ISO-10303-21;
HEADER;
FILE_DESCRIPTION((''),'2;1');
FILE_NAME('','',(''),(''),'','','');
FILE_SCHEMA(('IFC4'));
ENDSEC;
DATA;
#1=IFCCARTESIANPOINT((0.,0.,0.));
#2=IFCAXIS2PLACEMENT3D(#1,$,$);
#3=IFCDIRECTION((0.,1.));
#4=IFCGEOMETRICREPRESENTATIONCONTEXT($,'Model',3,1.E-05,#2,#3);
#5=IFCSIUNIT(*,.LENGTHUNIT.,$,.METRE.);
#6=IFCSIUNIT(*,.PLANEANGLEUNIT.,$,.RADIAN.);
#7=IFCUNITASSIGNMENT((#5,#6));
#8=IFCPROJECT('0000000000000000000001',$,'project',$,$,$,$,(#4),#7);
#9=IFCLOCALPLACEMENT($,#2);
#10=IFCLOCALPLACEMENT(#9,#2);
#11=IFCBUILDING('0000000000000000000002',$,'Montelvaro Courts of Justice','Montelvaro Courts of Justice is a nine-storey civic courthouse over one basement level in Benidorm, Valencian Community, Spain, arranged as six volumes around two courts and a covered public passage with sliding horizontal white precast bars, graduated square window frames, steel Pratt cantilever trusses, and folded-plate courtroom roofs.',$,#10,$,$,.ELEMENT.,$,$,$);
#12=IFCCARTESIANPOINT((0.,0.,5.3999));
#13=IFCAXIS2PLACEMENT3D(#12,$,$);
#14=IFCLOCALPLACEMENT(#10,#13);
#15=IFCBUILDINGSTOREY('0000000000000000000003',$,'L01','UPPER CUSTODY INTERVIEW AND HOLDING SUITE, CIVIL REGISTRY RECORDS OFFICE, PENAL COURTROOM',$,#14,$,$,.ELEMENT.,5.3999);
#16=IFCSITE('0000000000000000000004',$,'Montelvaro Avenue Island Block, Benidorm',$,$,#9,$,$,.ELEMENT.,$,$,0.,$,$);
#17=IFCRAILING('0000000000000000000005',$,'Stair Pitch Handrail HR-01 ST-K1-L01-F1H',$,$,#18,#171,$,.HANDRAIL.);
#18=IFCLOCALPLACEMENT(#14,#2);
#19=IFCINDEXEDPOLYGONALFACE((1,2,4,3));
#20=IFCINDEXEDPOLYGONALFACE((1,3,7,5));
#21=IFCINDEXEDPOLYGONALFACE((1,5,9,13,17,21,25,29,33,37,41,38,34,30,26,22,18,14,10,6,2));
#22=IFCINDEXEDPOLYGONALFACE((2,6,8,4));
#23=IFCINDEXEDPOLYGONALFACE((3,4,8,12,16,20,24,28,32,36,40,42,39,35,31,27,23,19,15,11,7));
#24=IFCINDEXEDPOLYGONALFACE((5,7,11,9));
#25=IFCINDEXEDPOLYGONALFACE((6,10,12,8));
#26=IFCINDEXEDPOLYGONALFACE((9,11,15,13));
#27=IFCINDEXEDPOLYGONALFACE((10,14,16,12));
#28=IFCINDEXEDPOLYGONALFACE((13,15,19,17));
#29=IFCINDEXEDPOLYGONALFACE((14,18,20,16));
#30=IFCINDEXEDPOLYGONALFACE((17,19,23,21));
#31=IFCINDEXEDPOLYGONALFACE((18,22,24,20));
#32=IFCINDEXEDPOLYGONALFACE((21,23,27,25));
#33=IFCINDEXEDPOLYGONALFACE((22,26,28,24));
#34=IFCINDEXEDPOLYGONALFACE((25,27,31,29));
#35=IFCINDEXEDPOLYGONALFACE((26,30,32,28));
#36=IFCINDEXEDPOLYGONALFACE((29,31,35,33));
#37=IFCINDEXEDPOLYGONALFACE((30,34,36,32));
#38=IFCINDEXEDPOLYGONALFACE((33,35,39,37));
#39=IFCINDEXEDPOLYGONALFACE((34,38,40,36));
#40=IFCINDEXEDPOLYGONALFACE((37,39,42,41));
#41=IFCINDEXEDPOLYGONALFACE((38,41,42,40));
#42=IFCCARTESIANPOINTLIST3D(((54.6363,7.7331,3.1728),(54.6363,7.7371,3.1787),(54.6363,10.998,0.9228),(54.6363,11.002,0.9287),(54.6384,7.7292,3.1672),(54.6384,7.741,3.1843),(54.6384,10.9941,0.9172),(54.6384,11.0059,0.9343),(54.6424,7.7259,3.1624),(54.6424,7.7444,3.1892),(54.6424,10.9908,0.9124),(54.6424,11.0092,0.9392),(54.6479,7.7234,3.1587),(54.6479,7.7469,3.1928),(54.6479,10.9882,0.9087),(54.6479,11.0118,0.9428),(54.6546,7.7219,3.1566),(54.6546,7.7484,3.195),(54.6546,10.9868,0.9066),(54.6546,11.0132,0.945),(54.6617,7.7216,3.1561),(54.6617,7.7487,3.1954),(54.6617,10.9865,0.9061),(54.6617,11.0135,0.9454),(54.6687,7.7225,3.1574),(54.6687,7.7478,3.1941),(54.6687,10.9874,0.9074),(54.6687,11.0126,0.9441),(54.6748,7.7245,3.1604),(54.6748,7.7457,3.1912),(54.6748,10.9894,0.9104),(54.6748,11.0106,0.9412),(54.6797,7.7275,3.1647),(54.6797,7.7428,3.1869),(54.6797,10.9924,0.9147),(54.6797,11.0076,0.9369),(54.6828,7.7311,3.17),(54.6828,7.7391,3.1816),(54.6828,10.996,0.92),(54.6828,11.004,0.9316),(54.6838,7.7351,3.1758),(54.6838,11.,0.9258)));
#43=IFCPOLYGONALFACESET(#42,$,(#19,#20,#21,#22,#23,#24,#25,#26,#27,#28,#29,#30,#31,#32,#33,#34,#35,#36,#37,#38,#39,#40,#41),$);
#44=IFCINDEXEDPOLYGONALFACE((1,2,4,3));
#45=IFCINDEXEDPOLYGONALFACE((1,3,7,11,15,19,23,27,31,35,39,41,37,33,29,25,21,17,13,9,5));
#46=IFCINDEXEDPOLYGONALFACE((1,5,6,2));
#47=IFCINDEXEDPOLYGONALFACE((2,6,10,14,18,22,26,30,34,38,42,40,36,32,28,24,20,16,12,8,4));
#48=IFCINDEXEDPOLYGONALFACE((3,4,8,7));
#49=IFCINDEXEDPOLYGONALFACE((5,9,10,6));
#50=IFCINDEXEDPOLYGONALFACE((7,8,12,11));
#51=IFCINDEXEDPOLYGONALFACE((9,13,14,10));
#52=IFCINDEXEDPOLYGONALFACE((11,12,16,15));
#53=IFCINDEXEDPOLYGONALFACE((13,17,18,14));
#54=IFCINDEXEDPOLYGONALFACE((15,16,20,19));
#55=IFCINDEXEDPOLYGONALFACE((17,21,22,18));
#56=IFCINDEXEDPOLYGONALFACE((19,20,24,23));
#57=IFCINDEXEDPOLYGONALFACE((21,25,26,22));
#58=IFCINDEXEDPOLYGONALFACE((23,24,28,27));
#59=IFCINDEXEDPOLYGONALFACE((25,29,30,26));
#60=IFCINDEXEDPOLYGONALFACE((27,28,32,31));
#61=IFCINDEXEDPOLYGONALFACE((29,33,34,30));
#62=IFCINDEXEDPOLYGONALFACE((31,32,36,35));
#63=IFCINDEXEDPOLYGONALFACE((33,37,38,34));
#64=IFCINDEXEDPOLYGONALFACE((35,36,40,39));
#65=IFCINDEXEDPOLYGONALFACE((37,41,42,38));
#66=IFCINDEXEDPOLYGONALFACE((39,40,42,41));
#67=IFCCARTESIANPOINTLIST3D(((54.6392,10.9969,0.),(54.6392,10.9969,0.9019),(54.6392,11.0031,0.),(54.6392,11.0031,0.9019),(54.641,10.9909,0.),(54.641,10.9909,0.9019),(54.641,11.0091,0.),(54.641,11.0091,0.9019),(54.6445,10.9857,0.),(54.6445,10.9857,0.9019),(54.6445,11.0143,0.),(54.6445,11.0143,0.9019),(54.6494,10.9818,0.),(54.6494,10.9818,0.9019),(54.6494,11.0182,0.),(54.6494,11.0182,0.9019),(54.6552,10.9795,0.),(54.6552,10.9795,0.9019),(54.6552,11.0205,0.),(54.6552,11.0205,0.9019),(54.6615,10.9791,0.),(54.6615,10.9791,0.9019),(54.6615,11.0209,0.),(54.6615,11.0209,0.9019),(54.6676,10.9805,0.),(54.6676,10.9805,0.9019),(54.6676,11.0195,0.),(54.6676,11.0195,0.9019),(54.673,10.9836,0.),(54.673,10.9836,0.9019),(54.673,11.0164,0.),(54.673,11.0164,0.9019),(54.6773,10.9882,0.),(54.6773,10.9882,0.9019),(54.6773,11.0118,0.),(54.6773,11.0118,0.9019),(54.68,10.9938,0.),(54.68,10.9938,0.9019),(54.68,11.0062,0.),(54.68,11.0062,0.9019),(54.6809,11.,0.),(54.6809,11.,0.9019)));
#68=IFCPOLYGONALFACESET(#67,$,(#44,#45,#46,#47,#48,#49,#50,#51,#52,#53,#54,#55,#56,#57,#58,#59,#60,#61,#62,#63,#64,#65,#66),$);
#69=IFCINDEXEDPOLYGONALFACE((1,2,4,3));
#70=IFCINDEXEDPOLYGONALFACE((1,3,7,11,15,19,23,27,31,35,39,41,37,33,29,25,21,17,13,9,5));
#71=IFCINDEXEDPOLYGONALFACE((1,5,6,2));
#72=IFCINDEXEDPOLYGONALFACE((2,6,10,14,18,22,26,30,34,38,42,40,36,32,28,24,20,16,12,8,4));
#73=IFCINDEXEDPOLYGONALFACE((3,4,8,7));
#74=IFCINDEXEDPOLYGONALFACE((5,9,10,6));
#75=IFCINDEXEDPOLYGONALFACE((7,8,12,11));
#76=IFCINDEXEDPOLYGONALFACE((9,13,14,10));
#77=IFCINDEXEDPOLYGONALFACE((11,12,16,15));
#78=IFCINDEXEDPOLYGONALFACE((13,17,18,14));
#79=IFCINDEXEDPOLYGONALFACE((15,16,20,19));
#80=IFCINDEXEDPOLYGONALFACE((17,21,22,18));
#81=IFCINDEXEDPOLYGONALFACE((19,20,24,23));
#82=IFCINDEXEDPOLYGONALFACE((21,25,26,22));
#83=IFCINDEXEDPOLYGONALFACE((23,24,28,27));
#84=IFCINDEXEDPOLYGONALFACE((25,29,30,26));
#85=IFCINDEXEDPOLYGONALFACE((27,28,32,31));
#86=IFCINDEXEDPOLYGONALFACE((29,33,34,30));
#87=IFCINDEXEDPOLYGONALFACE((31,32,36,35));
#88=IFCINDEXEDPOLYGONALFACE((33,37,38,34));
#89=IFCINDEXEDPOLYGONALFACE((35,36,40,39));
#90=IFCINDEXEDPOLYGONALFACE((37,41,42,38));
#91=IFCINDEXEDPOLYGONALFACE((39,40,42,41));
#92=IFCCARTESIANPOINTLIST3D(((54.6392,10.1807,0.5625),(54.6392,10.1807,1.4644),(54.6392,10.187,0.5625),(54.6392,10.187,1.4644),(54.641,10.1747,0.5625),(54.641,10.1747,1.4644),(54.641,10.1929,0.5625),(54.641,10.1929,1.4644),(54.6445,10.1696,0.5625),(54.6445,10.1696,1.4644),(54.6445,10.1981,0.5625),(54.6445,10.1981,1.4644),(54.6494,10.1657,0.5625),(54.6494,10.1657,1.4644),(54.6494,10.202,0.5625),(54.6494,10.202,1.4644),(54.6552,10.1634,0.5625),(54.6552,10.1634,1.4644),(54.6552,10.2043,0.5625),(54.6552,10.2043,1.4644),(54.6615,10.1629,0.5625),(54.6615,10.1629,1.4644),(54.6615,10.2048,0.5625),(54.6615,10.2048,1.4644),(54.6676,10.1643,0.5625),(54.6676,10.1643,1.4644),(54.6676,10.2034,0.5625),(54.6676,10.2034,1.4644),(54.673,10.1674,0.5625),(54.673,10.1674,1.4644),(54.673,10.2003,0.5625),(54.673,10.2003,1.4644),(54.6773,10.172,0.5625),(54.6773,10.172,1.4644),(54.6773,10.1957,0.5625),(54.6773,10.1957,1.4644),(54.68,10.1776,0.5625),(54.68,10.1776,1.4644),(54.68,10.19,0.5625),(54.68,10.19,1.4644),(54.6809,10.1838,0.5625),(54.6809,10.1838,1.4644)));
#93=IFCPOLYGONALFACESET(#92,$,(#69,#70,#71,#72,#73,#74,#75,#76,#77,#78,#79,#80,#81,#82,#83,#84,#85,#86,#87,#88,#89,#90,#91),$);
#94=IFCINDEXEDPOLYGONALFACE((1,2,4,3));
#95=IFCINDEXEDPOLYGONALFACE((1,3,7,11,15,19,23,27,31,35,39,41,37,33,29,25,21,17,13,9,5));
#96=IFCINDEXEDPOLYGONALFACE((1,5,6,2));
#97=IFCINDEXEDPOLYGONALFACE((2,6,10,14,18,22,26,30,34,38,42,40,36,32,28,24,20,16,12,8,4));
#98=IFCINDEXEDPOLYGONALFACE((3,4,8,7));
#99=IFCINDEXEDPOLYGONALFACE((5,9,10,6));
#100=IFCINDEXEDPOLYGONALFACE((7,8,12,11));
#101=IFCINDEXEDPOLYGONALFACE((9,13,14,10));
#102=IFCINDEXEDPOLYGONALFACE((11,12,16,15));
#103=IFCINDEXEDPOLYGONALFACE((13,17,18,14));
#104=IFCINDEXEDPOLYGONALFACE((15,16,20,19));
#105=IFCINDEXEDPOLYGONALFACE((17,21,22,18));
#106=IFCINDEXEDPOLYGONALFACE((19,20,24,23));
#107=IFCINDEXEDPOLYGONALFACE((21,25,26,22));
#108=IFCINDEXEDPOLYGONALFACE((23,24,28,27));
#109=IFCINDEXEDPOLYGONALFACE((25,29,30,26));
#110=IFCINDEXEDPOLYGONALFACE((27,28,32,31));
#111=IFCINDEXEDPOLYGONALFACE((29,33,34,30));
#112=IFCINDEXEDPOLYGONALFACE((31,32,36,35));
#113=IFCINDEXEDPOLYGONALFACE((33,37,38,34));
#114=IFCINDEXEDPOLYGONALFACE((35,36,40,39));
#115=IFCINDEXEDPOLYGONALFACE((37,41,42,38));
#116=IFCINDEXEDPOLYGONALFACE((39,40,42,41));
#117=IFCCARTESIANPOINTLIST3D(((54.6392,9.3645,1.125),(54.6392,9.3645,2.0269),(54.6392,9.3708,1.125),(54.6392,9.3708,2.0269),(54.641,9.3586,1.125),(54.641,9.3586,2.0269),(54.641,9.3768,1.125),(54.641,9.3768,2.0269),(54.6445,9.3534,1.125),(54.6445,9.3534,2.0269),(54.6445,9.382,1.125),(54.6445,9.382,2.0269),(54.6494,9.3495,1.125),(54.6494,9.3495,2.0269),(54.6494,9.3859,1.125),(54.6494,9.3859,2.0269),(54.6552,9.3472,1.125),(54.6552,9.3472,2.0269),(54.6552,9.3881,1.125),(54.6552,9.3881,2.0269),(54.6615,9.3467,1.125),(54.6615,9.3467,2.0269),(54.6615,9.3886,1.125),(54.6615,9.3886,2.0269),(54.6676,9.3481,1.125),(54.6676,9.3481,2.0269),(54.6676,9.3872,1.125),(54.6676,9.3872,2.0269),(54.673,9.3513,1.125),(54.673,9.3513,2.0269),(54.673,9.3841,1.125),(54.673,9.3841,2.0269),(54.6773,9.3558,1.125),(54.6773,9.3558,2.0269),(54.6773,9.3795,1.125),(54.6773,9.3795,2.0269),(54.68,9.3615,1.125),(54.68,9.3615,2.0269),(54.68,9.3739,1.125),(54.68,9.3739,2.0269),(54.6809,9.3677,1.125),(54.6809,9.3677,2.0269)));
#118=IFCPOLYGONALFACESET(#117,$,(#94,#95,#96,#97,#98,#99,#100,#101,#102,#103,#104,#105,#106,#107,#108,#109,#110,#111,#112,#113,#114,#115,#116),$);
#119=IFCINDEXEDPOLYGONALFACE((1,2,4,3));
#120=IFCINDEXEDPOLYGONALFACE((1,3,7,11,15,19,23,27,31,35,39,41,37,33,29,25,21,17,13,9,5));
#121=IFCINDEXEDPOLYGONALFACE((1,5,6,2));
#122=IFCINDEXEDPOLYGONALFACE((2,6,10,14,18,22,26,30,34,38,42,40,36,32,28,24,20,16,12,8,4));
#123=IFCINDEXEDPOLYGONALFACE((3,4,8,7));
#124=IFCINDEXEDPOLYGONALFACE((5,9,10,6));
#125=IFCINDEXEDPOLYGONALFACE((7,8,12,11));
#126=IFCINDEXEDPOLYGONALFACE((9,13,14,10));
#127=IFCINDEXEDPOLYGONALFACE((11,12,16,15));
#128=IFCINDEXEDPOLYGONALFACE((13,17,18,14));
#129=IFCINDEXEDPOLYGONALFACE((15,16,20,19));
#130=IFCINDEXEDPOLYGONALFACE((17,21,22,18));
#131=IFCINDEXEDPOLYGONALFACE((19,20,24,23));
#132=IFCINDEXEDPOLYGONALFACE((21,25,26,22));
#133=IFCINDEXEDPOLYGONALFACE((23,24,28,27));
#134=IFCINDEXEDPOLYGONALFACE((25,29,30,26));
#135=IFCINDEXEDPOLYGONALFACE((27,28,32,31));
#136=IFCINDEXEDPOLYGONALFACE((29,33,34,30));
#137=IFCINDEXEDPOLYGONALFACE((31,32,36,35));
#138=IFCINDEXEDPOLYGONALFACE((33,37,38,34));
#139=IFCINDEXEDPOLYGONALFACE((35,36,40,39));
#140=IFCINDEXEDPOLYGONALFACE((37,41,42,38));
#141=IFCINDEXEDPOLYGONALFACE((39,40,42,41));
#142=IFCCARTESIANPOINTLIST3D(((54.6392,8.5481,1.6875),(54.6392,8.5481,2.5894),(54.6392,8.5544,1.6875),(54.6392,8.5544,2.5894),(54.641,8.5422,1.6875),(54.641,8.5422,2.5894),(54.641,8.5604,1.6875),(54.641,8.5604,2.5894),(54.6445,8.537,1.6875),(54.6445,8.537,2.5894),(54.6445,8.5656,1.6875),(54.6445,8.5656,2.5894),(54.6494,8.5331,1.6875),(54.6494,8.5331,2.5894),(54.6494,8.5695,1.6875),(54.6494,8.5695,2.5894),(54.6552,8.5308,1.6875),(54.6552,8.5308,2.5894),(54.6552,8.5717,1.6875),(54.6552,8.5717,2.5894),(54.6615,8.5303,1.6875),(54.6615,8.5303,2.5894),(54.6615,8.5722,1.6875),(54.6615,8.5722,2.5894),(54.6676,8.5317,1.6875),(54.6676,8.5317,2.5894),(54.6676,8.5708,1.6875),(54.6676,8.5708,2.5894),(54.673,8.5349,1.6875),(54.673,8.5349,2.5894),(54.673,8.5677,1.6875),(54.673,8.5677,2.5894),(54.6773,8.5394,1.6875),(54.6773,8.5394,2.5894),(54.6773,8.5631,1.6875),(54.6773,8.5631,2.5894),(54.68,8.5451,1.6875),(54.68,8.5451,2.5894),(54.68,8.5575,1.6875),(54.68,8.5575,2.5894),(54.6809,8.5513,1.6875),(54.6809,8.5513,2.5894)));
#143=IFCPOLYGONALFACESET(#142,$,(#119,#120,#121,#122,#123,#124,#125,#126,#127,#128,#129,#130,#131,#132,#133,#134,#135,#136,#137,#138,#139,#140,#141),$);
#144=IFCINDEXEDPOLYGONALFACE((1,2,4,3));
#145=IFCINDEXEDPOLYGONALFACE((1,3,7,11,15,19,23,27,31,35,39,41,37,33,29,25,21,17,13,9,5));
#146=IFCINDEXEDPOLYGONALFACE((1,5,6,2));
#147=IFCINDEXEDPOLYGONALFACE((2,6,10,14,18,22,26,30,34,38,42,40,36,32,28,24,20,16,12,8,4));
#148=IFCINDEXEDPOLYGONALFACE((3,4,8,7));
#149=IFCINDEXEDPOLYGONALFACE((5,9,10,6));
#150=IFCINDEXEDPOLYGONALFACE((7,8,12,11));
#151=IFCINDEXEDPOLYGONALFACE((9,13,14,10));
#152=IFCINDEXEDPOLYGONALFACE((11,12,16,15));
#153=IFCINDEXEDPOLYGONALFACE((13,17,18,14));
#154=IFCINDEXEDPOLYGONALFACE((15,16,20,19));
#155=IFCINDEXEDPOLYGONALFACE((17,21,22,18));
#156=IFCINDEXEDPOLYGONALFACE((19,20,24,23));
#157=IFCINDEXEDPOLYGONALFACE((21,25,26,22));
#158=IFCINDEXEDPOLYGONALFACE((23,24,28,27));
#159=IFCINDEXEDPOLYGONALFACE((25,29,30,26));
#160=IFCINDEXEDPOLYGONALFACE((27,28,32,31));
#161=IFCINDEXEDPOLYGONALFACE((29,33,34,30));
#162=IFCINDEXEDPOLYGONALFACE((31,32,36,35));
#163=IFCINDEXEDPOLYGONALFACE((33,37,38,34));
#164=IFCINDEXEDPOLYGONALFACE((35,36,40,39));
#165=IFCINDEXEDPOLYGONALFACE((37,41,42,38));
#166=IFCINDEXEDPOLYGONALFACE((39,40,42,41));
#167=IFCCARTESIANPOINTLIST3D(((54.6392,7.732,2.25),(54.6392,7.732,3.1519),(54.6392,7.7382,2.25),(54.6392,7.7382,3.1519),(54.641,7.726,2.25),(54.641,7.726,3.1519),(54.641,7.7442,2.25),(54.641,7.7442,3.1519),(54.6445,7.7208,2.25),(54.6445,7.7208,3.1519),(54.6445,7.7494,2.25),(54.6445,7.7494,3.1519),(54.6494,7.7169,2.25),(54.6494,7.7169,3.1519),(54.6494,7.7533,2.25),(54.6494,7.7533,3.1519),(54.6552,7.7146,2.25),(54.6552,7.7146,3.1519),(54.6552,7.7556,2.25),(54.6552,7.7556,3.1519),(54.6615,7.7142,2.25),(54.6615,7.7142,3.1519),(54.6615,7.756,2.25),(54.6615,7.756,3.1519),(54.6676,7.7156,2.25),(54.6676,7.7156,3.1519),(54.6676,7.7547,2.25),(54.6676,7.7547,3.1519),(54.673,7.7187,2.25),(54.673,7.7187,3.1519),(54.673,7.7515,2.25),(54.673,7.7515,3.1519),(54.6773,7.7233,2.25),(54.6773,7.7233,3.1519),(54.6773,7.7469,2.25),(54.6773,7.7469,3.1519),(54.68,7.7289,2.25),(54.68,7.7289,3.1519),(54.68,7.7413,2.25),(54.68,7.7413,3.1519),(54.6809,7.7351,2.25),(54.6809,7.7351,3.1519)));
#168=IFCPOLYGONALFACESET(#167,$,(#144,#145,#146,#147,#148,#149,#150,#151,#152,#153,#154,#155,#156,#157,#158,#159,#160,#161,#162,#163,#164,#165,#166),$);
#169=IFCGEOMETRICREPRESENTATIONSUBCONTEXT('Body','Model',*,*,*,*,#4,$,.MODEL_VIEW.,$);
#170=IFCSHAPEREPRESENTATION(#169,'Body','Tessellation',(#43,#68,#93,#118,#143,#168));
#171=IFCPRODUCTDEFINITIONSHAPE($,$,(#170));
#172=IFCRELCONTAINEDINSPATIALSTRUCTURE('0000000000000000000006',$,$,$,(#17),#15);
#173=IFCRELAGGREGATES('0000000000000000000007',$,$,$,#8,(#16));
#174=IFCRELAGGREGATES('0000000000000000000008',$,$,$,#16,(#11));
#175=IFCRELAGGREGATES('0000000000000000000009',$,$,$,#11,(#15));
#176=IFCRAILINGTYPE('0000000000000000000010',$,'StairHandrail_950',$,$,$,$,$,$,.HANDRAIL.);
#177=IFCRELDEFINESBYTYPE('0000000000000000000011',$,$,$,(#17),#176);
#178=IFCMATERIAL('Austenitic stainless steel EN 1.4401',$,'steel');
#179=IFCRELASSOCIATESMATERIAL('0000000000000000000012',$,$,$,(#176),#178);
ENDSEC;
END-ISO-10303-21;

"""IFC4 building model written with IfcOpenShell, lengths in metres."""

from ifc_helpers import new_model, si_unit, direction, frame, origin, origin_2d, place, context, subcontext, project, spatial, circle, extrude, material, type_object, element, save


model = new_model("IFC4")

# Units and contexts
model_context = context("Model", 3, precision=1e-05, world=origin(), true_north=direction((0.0, 1.0)))
body_context = subcontext(model_context, "Body", "Model", "MODEL_VIEW")
ifc_project = project(units=[si_unit("LENGTHUNIT", "METRE"), si_unit("PLANEANGLEUNIT", "RADIAN")], contexts=[model_context])

# Site, building, storey
site_placement = place(None, origin())
site = spatial("IfcSite", under=ifc_project, at=site_placement, Name="Montelvaro Avenue Island Block, Benidorm", CompositionType="ELEMENT", RefElevation=0.0)
building_placement = place(site_placement, origin())
building = spatial("IfcBuilding", under=site, at=building_placement, Name="Montelvaro Courts of Justice", Description="Montelvaro Courts of Justice is a nine-storey civic courthouse over one basement level in Benidorm, Valencian Community, Spain, arranged as six volumes around two courts and a covered public passage with sliding horizontal white precast bars, graduated square window frames, steel Pratt cantilever trusses, and folded-plate courtroom roofs.", CompositionType="ELEMENT")
storey_placement = place(building_placement, frame((0.0, 0.0, 5.3999)))
storey = spatial("IfcBuildingStorey", under=building, at=storey_placement, Name="L01", Description="UPPER CUSTODY INTERVIEW AND HOLDING SUITE, CIVIL REGISTRY RECORDS OFFICE, PENAL COURTROOM", CompositionType="ELEMENT", Elevation=5.3999)

# Railing
ifc_material_1 = material(Name="Austenitic stainless steel EN 1.4401", Category="steel")
railing_type_1 = type_object("IfcRailingType", Name="StairHandrail_950", PredefinedType="HANDRAIL", material=ifc_material_1)
railing_1_placement = place(storey_placement, frame((54.6599, 11.0, 0.0)))
element("IfcRailing", 1, at=railing_1_placement, inside=storey, type_object=railing_type_1, Name="Stair Pitch Handrail HR-01 ST-K1-L01-F1H", PredefinedType="HANDRAIL", context=body_context, shape_type="SweptSolid", body=[
    extrude(circle(Radius=0.0239, at=origin_2d()), frame((0.0, 0.0, 0.9258), z_axis=(0.0, -0.823407, 0.567451), x_axis=(1.0, 0.0, 0.0)), (0.0, 0.0, 1.0), 3.9651),
    extrude(circle(Radius=0.021, at=origin_2d()), origin(), (0.0, 0.0, 1.0), 0.9019),
    extrude(circle(Radius=0.021, at=origin_2d()), frame((0.0, -0.8162, 0.5625)), (0.0, 0.0, 1.0), 0.9019),
    extrude(circle(Radius=0.021, at=origin_2d()), frame((0.0, -1.6323, 1.125)), (0.0, 0.0, 1.0), 0.9019),
    extrude(circle(Radius=0.021, at=origin_2d()), frame((0.0, -2.4487, 1.6875)), (0.0, 0.0, 1.0), 0.9019),
    extrude(circle(Radius=0.021, at=origin_2d()), frame((0.0, -3.2649, 2.25)), (0.0, 0.0, 1.0), 0.9019),
])

save(model, "model.ifc")
